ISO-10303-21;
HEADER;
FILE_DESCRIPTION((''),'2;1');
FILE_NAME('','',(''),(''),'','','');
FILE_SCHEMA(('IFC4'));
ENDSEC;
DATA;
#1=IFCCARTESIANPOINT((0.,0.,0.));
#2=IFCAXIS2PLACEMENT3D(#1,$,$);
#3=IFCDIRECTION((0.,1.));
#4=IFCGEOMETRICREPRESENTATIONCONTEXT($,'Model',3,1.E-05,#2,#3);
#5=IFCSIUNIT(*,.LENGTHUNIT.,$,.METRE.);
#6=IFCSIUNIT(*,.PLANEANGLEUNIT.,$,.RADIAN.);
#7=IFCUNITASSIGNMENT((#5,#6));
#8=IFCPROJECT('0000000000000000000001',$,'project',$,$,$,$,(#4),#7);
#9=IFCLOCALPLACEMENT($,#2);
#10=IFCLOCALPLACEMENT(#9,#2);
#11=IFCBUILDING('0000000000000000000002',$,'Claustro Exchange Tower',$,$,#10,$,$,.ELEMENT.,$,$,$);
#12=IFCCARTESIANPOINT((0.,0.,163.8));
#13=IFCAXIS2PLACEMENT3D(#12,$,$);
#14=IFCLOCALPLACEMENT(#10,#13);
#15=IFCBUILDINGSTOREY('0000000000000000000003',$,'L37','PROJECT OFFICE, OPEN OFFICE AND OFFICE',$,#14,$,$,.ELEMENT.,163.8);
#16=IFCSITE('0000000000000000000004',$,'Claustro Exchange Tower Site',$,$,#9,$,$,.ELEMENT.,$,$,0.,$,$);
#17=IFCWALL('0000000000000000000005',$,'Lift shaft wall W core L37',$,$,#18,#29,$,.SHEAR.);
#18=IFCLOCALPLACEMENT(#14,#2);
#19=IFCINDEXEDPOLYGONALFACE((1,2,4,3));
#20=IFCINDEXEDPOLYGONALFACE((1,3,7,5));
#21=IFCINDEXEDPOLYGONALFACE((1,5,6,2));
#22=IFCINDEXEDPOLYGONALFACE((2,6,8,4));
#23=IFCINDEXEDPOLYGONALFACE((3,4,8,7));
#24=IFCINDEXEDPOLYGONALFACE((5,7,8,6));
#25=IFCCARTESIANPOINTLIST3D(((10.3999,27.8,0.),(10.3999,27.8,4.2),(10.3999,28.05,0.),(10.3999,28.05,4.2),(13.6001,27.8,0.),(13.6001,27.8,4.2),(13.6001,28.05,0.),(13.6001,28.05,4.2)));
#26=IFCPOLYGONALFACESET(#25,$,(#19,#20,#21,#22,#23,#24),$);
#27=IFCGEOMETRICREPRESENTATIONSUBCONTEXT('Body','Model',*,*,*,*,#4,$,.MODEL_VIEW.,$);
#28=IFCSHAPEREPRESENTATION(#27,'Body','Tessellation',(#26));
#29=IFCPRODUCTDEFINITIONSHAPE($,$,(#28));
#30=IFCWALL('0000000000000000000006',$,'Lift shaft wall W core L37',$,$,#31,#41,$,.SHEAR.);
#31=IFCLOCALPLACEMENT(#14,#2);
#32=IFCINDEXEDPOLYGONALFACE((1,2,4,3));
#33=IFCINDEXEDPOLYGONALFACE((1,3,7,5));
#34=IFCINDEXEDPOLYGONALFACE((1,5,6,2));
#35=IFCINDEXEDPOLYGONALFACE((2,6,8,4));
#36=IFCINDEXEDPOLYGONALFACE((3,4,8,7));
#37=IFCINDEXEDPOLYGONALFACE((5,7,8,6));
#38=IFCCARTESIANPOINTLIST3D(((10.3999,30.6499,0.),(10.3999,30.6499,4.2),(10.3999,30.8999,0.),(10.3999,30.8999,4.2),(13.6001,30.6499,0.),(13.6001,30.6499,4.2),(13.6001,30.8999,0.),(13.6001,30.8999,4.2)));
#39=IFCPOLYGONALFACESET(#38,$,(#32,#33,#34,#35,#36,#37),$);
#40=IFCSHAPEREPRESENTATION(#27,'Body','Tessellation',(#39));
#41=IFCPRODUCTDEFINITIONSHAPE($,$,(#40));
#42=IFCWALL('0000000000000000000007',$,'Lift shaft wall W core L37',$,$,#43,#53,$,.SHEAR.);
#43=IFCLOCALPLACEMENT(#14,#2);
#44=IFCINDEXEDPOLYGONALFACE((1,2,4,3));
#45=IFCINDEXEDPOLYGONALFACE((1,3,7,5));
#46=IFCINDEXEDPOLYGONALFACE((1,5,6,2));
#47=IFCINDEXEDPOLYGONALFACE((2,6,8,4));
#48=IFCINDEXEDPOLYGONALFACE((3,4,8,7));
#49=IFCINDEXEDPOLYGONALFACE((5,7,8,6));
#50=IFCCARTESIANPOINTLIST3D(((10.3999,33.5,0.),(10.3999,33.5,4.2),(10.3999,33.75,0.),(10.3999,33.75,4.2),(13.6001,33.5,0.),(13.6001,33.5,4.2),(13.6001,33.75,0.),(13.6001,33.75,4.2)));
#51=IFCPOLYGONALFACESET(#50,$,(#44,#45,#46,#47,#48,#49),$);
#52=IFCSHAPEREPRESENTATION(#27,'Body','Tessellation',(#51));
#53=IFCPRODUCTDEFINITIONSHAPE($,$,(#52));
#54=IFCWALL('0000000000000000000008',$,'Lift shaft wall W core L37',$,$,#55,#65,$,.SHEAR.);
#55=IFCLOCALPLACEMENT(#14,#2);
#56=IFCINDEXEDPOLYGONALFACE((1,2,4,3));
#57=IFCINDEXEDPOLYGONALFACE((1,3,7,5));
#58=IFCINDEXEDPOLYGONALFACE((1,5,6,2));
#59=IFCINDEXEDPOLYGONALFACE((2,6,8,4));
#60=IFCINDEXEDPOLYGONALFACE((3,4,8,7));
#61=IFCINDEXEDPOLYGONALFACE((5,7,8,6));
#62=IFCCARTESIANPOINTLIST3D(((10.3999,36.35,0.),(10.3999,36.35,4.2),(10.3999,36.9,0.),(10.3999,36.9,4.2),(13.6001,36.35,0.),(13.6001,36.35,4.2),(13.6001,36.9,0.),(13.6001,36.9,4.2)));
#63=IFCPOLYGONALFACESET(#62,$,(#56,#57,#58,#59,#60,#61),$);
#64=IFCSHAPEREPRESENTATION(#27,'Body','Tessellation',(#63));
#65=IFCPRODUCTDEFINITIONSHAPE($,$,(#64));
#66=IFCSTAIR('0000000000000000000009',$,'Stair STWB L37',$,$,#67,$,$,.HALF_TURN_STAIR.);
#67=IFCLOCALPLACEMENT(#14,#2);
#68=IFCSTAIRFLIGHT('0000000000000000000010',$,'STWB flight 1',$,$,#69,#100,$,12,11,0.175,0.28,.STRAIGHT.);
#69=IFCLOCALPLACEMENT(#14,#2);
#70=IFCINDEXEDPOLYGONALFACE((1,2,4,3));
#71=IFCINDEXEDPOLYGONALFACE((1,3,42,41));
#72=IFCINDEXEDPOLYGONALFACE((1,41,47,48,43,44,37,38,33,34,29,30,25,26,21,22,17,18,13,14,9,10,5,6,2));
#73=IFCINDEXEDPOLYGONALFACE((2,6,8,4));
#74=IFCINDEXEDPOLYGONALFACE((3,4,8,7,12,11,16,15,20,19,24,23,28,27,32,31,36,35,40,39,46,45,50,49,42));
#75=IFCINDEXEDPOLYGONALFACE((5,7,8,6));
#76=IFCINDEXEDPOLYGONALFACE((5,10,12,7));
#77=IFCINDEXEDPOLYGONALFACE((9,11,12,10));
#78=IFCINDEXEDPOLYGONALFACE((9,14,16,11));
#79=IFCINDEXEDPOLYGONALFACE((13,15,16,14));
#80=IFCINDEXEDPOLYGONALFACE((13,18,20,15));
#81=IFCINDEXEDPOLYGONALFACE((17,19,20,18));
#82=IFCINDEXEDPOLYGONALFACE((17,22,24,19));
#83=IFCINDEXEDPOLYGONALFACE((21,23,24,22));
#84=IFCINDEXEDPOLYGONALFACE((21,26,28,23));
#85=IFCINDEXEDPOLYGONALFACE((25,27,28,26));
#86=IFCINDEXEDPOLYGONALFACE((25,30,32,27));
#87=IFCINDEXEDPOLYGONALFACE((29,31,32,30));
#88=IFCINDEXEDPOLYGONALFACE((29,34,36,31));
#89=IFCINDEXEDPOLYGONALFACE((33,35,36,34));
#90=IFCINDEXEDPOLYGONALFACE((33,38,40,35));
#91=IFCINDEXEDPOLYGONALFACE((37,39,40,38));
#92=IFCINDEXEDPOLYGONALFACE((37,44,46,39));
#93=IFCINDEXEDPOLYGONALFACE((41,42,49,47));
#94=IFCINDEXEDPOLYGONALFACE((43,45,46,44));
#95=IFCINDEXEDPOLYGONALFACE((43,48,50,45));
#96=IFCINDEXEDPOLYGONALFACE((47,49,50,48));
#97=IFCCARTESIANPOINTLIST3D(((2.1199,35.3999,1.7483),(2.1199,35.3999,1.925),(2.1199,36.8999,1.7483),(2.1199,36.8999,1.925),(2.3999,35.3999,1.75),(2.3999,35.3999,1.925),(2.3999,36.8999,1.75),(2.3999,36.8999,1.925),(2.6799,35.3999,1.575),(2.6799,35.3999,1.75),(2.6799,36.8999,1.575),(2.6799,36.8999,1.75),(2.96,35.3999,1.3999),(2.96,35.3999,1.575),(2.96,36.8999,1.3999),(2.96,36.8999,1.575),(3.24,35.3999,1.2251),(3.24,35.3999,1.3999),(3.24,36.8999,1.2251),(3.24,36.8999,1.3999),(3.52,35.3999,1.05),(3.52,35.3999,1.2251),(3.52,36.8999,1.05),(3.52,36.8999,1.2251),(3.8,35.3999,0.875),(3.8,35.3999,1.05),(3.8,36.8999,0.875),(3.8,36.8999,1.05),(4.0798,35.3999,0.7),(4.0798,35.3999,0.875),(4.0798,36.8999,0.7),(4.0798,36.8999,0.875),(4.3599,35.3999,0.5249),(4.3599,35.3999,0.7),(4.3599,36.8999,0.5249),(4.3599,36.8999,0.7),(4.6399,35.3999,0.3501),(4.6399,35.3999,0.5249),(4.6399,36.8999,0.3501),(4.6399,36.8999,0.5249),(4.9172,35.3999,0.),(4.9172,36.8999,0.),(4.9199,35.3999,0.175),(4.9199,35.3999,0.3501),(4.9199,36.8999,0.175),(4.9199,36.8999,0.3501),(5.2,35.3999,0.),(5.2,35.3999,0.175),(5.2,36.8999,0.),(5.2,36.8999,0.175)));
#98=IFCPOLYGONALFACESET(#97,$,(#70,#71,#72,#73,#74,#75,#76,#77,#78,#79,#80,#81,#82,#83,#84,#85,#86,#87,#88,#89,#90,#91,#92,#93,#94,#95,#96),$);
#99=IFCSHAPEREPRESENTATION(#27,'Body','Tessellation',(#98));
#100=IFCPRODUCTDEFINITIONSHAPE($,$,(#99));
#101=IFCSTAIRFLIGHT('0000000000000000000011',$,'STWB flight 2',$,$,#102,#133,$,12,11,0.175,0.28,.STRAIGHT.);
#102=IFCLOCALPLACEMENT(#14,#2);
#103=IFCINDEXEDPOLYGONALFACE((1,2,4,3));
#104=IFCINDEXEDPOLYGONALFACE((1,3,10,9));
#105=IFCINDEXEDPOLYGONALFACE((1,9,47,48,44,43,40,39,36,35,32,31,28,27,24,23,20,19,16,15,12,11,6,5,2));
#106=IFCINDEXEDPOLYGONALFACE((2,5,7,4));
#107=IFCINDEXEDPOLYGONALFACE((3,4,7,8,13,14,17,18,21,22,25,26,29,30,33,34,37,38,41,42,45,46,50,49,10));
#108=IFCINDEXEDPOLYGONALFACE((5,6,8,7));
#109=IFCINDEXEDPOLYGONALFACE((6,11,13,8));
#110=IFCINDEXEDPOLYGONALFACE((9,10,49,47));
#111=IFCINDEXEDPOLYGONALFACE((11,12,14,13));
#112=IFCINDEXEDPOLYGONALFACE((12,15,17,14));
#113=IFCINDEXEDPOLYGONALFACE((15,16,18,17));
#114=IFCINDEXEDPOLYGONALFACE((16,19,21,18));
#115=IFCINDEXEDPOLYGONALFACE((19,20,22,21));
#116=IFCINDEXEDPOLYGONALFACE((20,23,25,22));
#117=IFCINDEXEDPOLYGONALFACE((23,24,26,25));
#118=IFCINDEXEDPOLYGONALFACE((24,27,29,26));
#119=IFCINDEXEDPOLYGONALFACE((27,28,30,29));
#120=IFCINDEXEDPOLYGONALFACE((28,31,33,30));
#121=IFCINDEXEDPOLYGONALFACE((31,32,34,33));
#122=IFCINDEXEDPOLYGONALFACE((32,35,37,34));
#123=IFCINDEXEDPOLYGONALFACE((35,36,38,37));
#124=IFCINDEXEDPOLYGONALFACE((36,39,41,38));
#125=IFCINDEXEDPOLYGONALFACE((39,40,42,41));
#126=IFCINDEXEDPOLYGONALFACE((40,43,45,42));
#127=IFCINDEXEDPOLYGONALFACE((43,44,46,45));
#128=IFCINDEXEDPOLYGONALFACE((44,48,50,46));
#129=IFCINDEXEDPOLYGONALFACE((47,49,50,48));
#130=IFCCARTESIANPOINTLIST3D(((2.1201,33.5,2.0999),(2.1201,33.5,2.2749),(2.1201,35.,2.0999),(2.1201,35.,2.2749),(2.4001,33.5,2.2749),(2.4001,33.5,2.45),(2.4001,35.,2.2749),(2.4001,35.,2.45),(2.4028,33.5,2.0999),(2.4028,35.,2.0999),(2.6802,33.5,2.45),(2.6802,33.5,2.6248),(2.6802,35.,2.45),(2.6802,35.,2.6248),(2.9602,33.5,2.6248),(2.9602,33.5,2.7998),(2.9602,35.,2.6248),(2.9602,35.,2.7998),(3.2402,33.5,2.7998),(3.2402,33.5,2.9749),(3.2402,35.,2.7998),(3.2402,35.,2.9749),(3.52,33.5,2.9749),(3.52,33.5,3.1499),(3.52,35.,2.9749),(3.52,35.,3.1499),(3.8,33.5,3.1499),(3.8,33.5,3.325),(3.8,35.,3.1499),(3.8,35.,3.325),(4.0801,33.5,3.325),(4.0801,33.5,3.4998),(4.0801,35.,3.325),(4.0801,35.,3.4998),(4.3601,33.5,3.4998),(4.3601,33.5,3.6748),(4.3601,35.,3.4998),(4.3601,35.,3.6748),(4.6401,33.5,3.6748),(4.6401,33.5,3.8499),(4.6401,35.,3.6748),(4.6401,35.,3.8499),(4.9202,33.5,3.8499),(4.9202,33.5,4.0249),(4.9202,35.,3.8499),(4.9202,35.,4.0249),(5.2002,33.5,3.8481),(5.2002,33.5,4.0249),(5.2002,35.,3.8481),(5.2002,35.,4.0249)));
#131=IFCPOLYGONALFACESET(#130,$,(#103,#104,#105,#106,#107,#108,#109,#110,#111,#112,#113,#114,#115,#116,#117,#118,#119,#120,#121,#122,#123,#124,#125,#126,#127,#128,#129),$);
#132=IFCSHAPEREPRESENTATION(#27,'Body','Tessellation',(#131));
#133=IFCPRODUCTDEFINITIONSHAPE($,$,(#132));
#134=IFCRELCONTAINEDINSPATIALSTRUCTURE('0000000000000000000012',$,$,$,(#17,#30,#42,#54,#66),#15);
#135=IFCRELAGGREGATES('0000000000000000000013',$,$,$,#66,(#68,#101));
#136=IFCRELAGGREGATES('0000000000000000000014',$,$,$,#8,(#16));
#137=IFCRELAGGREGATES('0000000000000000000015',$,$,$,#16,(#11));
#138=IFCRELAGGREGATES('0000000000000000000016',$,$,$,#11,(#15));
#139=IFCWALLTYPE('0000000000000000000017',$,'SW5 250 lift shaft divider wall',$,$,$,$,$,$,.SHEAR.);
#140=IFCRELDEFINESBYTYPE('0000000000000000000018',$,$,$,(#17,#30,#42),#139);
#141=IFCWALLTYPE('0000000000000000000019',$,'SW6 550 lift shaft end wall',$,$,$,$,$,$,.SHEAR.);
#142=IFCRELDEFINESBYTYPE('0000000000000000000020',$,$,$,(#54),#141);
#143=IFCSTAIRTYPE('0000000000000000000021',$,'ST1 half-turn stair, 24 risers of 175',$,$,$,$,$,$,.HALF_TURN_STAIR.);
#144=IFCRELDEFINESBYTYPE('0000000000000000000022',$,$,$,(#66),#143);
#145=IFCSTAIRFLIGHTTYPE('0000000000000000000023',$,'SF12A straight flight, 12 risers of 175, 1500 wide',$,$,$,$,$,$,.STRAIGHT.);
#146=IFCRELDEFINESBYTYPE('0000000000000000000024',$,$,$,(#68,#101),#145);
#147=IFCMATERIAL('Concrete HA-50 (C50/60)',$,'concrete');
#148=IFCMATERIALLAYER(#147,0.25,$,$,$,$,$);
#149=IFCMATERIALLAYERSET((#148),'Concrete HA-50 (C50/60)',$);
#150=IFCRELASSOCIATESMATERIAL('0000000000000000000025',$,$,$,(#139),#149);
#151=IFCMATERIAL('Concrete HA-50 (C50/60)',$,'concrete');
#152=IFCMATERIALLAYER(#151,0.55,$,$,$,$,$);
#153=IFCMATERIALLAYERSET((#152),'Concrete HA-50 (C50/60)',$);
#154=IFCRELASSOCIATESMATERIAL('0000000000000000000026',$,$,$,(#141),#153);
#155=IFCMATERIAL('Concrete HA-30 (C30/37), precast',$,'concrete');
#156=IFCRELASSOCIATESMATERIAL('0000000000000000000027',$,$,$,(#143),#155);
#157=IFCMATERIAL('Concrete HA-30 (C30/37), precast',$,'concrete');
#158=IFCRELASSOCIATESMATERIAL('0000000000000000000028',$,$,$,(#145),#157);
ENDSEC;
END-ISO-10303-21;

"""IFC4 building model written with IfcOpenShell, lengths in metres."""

from ifc_helpers import new_model, si_unit, direction, frame, frame_2d, origin, place, context, subcontext, project, spatial, polyline, rectangle, outline, extrude, material, layer, layer_set, type_object, element, aggregate, save


model = new_model("IFC4")

# Units and contexts
model_context = context("Model", 3, precision=1e-05, world=origin(), true_north=direction((0.0, 1.0)))
body_context = subcontext(model_context, "Body", "Model", "MODEL_VIEW")
ifc_project = project(units=[si_unit("LENGTHUNIT", "METRE"), si_unit("PLANEANGLEUNIT", "RADIAN")], contexts=[model_context])

# Site, building, storey
site_placement = place(None, origin())
site = spatial("IfcSite", under=ifc_project, at=site_placement, Name="Claustro Exchange Tower Site", CompositionType="ELEMENT", RefElevation=0.0)
building_placement = place(site_placement, origin())
building = spatial("IfcBuilding", under=site, at=building_placement, Name="Claustro Exchange Tower", CompositionType="ELEMENT")
storey_placement = place(building_placement, frame((0.0, 0.0, 163.8)))
storey = spatial("IfcBuildingStorey", under=building, at=storey_placement, Name="L37", Description="PROJECT OFFICE, OPEN OFFICE AND OFFICE", CompositionType="ELEMENT", Elevation=163.8)

# Walls
ifc_material_1 = material(Name="Concrete HA-50 (C50/60)", Category="concrete")
ifc_layer_1 = layer(ifc_material_1, 0.25)
ifc_layer_set_1 = layer_set([ifc_layer_1], Name="Concrete HA-50 (C50/60)")
wall_type_1 = type_object("IfcWallType", Name="SW5 250 lift shaft divider wall", PredefinedType="SHEAR", material=ifc_layer_set_1)
for number, where, z_axis, x_axis, name in (
    (1, (10.3999, 27.925, 0.0), (0.0, 0.0, 1.0), (1.0, 0.0, 0.0), "Lift shaft wall W core L37"),
    (2, (10.3999, 30.7749, 0.0), (0.0, 0.0, 1.0), (1.0, 0.0, 0.0), "Lift shaft wall W core L37"),
    (3, (10.3999, 33.625, 0.0), (0.0, 0.0, 1.0), (1.0, 0.0, 0.0), "Lift shaft wall W core L37"),
):
    element("IfcWall", number, at=place(storey_placement, frame(where, z_axis=z_axis, x_axis=x_axis)), inside=storey, type_object=wall_type_1, Name=name, PredefinedType="SHEAR", context=body_context, shape_type="SweptSolid", body=[
        extrude(rectangle(XDim=3.2002, YDim=0.25, at=frame_2d((1.6001, 0.0))), origin(), (0.0, 0.0, 1.0), 4.2),
    ])
ifc_material_2 = material(Name="Concrete HA-50 (C50/60)", Category="concrete")
ifc_layer_2 = layer(ifc_material_2, 0.55)
ifc_layer_set_2 = layer_set([ifc_layer_2], Name="Concrete HA-50 (C50/60)")
wall_type_2 = type_object("IfcWallType", Name="SW6 550 lift shaft end wall", PredefinedType="SHEAR", material=ifc_layer_set_2)
wall_1_placement = place(storey_placement, frame((10.3999, 36.625, 0.0), z_axis=(0.0, 0.0, 1.0), x_axis=(1.0, 0.0, 0.0)))
element("IfcWall", 4, at=wall_1_placement, inside=storey, type_object=wall_type_2, Name="Lift shaft wall W core L37", PredefinedType="SHEAR", context=body_context, shape_type="SweptSolid", body=[
    extrude(rectangle(XDim=3.2002, YDim=0.55, at=frame_2d((1.6001, 0.0))), origin(), (0.0, 0.0, 1.0), 4.2),
])

# Stair, stair flights
ifc_material_3 = material(Name="Concrete HA-30 (C30/37), precast", Category="concrete")
stair_type = type_object("IfcStairType", Name="ST1 half-turn stair, 24 risers of 175", PredefinedType="HALF_TURN_STAIR", material=ifc_material_3)
stair_placement = place(storey_placement, origin())
stair = element("IfcStair", 5, at=stair_placement, inside=storey, type_object=stair_type, Name="Stair STWB L37", PredefinedType="HALF_TURN_STAIR")
ifc_material_4 = material(Name="Concrete HA-30 (C30/37), precast", Category="concrete")
stair_flight_type = type_object("IfcStairFlightType", Name="SF12A straight flight, 12 risers of 175, 1500 wide", PredefinedType="STRAIGHT", material=ifc_material_4)
stair_flight_1_placement = place(storey_placement, frame((5.2, 36.1499, 0.0), z_axis=(0.0, 0.0, 1.0), x_axis=(-1.0, 0.0, 0.0)))
stair_flight_1 = element("IfcStairFlight", 6, at=stair_flight_1_placement, type_object=stair_flight_type, Name="STWB flight 1", NumberOfRisers=12, NumberOfTreads=11, PredefinedType="STRAIGHT", RiserHeight=0.175, TreadLength=0.28, context=body_context, shape_type="SweptSolid", body=[
    extrude(outline(polyline([(0.0, 0.0), (0.0, 0.175), (0.28, 0.175), (0.28, 0.3501), (0.5601, 0.3501), (0.5601, 0.5249), (0.8401, 0.5249), (0.8401, 0.7), (1.1201, 0.7), (1.1201, 0.875), (1.3999, 0.875), (1.3999, 1.05), (1.6799, 1.05), (1.6799, 1.2251), (1.96, 1.2251), (1.96, 1.3999), (2.24, 1.3999), (2.24, 1.575), (2.52, 1.575), (2.52, 1.75), (2.8, 1.75), (2.8, 1.925), (3.0801, 1.925), (3.0801, 2.1001), (3.0801, 1.7483), (0.2827, 0.0), (0.0, 0.0)])), frame((0.0, 0.75, 0.0), z_axis=(0.0, -1.0, 0.0), x_axis=(1.0, 0.0, 0.0)), (0.0, 0.0, 1.0), 1.5),
])
stair_flight_2_placement = place(storey_placement, frame((2.1201, 34.25, 2.0999), z_axis=(0.0, 0.0, 1.0), x_axis=(1.0, 0.0, 0.0)))
stair_flight_2 = element("IfcStairFlight", 7, at=stair_flight_2_placement, type_object=stair_flight_type, Name="STWB flight 2", NumberOfRisers=12, NumberOfTreads=11, PredefinedType="STRAIGHT", RiserHeight=0.175, TreadLength=0.28, context=body_context, shape_type="SweptSolid", body=[
    extrude(outline(polyline([(0.0, 0.0), (0.0, 0.175), (0.28, 0.175), (0.28, 0.3501), (0.5601, 0.3501), (0.5601, 0.5249), (0.8401, 0.5249), (0.8401, 0.7), (1.1201, 0.7), (1.1201, 0.875), (1.3999, 0.875), (1.3999, 1.05), (1.6799, 1.05), (1.6799, 1.2251), (1.96, 1.2251), (1.96, 1.3999), (2.24, 1.3999), (2.24, 1.575), (2.52, 1.575), (2.52, 1.75), (2.8, 1.75), (2.8, 1.925), (3.0801, 1.925), (3.0801, 2.1001), (3.0801, 1.7483), (0.2827, 0.0), (0.0, 0.0)])), frame((0.0, 0.75, 0.0), z_axis=(0.0, -1.0, 0.0), x_axis=(1.0, 0.0, 0.0)), (0.0, 0.0, 1.0), 1.5),
])
aggregate(stair, [stair_flight_1, stair_flight_2])

save(model, "model.ifc")
